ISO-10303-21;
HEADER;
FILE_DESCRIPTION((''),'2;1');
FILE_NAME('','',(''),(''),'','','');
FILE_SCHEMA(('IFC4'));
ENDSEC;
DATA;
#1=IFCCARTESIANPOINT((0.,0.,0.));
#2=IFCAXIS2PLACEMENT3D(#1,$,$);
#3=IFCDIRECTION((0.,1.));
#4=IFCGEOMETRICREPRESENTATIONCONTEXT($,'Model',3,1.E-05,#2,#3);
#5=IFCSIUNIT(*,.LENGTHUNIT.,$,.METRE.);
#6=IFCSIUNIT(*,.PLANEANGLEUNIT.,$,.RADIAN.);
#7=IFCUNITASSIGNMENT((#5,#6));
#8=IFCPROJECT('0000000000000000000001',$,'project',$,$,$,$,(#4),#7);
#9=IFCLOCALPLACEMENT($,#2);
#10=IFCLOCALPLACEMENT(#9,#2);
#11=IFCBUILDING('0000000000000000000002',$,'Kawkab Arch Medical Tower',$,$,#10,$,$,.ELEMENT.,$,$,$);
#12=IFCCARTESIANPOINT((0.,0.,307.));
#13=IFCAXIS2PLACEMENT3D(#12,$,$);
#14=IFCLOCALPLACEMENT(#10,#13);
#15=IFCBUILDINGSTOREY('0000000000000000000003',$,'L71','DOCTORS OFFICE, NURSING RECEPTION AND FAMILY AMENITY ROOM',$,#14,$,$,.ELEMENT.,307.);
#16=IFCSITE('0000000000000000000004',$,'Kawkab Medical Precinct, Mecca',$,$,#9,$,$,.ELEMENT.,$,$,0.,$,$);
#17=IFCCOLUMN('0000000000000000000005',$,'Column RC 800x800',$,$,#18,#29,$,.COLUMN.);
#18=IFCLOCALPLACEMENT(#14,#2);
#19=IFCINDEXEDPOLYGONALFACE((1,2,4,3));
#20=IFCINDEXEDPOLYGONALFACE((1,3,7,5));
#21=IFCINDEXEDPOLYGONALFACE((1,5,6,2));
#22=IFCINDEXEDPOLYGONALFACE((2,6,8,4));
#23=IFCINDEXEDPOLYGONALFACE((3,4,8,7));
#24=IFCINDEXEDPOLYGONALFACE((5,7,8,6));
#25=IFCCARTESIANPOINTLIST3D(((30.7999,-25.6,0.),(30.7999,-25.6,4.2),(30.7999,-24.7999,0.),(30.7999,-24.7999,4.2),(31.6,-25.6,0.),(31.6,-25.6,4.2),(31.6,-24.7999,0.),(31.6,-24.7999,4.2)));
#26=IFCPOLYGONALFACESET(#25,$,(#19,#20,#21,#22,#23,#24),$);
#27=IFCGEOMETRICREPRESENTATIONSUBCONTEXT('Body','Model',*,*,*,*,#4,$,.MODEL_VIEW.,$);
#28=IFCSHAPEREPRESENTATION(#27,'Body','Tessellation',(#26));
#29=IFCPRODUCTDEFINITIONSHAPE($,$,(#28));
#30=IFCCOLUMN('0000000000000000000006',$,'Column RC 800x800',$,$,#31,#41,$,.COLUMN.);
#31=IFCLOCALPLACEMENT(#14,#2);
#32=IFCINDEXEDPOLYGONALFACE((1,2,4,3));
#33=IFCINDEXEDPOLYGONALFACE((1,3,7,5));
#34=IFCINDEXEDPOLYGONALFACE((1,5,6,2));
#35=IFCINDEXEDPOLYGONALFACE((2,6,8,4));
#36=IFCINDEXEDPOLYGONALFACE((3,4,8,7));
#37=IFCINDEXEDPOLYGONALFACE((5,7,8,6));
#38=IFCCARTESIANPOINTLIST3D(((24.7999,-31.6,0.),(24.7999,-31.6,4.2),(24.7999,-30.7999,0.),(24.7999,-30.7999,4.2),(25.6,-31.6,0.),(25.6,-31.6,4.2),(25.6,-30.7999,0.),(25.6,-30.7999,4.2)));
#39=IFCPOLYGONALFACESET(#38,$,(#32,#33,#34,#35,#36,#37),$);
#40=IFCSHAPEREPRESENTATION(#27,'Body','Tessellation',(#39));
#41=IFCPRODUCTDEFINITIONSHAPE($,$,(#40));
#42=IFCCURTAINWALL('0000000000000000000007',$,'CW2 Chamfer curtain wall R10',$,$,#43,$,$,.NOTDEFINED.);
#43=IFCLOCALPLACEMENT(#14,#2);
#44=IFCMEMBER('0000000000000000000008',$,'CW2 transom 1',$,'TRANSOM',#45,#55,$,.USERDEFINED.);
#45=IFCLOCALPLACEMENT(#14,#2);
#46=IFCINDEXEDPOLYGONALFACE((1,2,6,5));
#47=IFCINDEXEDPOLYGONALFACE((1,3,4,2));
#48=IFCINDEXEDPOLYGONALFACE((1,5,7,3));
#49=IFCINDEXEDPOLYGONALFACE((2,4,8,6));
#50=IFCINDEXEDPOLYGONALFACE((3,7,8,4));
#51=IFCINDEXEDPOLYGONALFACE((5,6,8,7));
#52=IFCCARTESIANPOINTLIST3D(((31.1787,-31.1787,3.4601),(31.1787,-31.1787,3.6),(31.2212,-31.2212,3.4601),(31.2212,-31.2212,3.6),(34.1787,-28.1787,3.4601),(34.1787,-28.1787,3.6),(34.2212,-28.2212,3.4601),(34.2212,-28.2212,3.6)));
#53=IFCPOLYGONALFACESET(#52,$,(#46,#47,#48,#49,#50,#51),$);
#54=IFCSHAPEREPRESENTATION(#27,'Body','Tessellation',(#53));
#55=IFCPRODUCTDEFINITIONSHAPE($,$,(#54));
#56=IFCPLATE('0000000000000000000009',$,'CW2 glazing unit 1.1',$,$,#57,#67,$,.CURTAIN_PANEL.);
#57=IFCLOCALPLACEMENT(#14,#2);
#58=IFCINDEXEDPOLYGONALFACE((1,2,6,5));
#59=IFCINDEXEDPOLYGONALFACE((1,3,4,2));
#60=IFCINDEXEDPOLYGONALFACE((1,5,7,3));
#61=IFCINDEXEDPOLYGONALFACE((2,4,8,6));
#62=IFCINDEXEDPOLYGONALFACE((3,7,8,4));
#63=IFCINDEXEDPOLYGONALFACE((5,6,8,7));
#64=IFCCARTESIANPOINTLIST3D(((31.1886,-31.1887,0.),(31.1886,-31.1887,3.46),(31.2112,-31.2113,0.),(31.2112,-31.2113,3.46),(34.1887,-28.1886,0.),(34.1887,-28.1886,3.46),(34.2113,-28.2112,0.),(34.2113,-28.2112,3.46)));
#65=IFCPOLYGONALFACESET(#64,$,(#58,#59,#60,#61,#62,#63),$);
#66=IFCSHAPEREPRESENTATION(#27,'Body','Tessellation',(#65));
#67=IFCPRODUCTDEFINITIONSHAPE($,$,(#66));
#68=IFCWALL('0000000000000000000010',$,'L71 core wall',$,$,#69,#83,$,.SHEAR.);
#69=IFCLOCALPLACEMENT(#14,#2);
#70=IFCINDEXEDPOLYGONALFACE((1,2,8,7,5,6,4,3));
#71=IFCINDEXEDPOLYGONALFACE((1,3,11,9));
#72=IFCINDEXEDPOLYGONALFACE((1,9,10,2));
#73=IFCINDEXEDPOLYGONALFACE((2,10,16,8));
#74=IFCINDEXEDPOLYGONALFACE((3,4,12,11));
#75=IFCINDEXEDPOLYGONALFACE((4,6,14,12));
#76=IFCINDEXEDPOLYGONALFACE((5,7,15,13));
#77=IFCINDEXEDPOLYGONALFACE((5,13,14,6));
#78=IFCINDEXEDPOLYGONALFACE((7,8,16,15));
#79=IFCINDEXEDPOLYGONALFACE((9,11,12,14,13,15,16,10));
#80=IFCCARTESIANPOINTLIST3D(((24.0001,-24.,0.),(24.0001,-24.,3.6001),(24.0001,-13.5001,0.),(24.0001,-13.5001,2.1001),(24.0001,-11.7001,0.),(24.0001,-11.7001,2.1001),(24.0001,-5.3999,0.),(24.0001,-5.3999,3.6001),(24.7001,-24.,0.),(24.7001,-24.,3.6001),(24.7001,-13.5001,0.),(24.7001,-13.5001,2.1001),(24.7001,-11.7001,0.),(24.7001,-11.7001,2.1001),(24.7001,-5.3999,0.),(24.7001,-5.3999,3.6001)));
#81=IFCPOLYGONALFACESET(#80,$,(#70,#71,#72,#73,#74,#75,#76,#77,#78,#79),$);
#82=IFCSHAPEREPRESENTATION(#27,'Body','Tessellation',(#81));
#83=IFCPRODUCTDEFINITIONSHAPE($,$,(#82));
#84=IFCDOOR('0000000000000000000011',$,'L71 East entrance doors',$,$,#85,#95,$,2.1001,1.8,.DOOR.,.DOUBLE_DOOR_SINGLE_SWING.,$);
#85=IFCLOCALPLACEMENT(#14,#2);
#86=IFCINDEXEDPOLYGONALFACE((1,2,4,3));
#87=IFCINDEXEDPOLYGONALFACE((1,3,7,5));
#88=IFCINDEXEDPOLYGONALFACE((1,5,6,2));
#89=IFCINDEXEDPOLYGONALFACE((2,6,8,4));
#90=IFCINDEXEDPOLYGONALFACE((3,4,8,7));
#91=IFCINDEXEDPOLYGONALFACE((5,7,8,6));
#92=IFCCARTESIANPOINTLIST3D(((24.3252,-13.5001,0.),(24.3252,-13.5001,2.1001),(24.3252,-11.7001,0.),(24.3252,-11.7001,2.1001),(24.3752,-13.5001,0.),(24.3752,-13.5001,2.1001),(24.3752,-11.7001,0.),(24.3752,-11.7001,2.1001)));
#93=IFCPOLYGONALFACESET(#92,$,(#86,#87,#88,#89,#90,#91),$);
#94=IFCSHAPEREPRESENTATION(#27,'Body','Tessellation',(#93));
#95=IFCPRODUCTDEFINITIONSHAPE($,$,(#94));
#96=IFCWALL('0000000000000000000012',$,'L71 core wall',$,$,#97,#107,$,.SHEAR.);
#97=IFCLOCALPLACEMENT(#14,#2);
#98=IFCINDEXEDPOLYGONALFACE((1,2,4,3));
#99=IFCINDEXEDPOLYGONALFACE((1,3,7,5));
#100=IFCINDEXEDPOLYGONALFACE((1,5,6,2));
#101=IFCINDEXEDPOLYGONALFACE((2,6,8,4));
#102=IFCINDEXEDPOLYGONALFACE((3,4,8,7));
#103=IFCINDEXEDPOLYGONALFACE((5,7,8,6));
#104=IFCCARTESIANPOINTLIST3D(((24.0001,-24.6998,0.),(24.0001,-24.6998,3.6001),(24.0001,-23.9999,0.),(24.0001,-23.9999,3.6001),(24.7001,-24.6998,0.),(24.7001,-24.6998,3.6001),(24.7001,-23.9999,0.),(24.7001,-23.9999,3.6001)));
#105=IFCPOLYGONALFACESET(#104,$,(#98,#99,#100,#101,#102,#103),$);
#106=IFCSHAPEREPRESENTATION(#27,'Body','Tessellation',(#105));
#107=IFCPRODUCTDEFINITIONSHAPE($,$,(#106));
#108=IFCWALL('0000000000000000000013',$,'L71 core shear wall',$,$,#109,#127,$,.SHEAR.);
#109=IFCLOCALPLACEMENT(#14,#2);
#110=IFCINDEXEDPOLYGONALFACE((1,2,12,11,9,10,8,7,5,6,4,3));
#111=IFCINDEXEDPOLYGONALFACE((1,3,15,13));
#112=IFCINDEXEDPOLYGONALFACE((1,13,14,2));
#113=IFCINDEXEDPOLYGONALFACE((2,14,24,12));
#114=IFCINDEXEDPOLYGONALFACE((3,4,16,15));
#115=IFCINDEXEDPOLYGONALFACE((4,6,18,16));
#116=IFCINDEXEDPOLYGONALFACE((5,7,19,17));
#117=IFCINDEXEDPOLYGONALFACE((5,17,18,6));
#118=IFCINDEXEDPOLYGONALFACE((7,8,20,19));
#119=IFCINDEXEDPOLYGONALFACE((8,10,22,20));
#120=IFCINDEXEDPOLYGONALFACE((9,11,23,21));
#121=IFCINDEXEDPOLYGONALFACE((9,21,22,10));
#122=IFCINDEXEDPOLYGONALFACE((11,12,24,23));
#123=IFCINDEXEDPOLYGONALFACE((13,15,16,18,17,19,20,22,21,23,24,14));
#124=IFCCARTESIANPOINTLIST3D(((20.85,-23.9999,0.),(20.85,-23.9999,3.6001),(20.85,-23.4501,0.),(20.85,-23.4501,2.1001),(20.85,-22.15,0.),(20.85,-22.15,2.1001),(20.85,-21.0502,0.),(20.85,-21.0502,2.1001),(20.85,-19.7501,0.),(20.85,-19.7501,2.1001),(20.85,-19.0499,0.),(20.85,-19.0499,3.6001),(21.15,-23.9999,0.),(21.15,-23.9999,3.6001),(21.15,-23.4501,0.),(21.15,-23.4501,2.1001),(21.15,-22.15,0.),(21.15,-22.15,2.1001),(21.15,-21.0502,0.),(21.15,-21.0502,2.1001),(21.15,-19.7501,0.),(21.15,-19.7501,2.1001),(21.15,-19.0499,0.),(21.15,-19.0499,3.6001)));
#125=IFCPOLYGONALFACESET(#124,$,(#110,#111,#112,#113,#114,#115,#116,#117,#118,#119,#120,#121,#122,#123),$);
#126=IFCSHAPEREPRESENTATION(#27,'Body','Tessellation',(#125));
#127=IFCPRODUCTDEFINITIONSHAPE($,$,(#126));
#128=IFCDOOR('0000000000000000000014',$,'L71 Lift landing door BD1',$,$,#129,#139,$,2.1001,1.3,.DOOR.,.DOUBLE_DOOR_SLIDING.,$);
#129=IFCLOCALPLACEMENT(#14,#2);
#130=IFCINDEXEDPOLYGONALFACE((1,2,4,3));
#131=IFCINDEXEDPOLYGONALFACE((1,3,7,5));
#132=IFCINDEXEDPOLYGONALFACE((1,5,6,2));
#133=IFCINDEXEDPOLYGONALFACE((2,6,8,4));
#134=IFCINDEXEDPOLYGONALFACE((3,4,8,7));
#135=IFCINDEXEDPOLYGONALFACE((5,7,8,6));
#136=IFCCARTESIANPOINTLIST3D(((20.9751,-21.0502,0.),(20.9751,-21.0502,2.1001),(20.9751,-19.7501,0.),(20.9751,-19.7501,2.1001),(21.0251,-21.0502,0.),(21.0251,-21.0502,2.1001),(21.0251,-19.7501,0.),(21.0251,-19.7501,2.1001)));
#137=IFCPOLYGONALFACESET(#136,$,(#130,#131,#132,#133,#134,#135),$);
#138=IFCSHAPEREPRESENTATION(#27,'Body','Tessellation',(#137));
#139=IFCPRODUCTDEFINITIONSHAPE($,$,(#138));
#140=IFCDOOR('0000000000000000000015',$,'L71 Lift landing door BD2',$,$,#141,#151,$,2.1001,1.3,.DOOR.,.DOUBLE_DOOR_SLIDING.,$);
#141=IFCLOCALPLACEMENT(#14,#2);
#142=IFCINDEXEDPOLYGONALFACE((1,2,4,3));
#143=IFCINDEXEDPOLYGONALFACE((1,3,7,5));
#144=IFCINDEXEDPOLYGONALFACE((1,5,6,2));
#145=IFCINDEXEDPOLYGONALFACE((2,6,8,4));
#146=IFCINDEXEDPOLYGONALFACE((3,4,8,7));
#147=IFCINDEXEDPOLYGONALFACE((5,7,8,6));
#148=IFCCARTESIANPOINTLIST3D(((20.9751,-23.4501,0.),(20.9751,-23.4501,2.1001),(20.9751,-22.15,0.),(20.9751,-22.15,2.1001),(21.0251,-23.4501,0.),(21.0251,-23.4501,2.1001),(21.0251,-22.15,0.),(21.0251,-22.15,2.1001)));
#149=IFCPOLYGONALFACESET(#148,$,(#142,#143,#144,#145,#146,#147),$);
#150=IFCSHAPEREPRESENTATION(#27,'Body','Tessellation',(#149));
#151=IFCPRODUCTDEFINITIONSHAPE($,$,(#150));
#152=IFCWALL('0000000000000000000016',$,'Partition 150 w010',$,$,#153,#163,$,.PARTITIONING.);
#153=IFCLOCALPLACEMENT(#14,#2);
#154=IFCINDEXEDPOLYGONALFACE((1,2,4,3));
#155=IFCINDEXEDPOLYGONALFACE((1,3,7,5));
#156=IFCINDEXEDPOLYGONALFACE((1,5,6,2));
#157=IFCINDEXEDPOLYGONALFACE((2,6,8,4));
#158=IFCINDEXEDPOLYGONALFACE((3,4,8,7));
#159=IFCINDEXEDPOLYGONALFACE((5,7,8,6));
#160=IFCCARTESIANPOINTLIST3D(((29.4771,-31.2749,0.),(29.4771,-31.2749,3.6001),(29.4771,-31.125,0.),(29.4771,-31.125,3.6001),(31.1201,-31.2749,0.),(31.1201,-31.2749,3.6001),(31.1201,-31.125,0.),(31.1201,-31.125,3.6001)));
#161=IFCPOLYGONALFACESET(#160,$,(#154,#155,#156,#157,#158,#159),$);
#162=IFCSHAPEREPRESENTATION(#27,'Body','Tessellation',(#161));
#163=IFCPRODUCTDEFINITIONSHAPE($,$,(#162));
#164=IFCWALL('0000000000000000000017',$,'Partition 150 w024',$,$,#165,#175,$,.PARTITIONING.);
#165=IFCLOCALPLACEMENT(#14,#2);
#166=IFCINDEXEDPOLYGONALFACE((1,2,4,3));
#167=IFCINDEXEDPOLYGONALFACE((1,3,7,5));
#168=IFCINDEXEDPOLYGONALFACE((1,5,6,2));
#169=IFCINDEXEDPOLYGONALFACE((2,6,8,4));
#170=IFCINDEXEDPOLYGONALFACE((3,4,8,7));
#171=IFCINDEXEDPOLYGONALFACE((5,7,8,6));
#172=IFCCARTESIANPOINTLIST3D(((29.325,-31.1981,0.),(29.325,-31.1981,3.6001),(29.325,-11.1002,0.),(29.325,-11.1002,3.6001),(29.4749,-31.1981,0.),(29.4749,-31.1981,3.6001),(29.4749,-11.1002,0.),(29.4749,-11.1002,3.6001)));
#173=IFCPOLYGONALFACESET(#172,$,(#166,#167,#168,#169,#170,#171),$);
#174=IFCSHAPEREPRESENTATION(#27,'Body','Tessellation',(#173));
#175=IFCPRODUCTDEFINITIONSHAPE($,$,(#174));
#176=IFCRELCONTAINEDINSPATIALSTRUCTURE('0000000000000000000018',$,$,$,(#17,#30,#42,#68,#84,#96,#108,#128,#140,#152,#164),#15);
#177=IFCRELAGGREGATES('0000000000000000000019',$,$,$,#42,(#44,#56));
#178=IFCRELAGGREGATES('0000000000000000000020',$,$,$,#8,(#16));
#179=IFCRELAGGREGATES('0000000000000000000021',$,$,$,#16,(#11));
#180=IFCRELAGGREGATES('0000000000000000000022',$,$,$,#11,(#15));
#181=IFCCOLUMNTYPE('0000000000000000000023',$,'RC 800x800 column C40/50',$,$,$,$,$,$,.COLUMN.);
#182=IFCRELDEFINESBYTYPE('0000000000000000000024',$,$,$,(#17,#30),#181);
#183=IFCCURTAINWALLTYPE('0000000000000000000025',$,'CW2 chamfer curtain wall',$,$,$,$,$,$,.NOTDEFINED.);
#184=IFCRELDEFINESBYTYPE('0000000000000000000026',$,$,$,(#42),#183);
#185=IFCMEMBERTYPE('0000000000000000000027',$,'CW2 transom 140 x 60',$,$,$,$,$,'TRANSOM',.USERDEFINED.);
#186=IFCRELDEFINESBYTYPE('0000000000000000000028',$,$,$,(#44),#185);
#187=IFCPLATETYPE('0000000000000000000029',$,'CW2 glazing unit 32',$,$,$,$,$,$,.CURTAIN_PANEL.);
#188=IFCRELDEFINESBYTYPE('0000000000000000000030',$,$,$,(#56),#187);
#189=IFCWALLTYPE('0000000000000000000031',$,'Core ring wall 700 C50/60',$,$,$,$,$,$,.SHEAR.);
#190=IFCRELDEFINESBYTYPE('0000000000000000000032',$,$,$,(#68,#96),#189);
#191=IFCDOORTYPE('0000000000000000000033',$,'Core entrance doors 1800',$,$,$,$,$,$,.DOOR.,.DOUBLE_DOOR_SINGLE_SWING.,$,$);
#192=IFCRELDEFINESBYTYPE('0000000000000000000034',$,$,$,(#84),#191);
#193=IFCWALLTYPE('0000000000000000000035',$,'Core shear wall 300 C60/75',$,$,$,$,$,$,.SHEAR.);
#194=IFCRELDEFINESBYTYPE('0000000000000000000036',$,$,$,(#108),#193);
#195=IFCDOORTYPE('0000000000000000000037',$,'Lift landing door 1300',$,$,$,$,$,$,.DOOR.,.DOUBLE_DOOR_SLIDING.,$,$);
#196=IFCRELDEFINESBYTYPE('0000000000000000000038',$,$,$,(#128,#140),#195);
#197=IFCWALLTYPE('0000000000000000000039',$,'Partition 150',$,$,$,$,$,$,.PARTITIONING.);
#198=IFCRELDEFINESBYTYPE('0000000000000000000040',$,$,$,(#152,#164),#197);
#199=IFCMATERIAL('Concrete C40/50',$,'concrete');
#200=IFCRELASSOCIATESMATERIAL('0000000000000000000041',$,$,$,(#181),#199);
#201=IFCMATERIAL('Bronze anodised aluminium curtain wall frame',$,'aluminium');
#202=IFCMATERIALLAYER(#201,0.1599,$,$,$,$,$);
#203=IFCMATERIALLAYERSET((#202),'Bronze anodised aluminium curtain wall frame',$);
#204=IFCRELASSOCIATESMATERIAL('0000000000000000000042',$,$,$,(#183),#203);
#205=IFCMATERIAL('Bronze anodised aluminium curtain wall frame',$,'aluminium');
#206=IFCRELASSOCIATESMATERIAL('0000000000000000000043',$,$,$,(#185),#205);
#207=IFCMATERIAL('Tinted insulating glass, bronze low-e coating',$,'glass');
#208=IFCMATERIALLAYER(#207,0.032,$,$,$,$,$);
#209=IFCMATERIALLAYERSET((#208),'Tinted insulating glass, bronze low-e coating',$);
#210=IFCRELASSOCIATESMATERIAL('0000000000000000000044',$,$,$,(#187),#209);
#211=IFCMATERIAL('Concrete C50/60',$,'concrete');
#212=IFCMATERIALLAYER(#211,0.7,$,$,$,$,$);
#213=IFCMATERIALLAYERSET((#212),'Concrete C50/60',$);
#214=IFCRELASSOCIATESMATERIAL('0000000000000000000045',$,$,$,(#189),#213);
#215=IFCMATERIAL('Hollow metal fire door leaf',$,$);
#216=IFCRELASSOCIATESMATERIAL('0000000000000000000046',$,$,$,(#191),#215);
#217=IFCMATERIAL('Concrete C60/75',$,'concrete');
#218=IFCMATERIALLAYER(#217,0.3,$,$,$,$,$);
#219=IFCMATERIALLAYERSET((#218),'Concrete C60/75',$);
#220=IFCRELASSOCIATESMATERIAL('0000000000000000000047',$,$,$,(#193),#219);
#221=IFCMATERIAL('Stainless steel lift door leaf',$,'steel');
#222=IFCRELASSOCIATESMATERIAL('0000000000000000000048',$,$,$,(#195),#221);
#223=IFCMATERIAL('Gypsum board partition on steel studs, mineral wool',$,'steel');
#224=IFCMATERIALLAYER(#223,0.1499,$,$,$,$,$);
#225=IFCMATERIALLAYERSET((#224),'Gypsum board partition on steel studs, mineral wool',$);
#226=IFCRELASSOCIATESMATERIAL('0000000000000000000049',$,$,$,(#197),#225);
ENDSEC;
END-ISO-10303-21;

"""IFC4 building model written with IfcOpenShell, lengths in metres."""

from ifc_helpers import new_model, si_unit, direction, frame, frame_2d, origin, origin_2d, place, context, subcontext, project, spatial, rectangle, extrude, material, layer, layer_set, material_profile, profile_set, type_object, element, fill, aggregate, save


model = new_model("IFC4")

# Units and contexts
model_context = context("Model", 3, precision=1e-05, world=origin(), true_north=direction((0.0, 1.0)))
body_context = subcontext(model_context, "Body", "Model", "MODEL_VIEW")
ifc_project = project(units=[si_unit("LENGTHUNIT", "METRE"), si_unit("PLANEANGLEUNIT", "RADIAN")], contexts=[model_context])

# Site, building, storey
site_placement = place(None, origin())
site = spatial("IfcSite", under=ifc_project, at=site_placement, Name="Kawkab Medical Precinct, Mecca", CompositionType="ELEMENT", RefElevation=0.0)
building_placement = place(site_placement, origin())
building = spatial("IfcBuilding", under=site, at=building_placement, Name="Kawkab Arch Medical Tower", CompositionType="ELEMENT")
storey_placement = place(building_placement, frame((0.0, 0.0, 307.0)))
storey = spatial("IfcBuildingStorey", under=building, at=storey_placement, Name="L71", Description="DOCTORS OFFICE, NURSING RECEPTION AND FAMILY AMENITY ROOM", CompositionType="ELEMENT", Elevation=307.0)

# Columns
ifc_material_1 = material(Name="Concrete C40/50", Category="concrete")
ifc_material_profile_1 = material_profile(ifc_material_1, rectangle(XDim=0.8, YDim=0.8, at=origin_2d()), Name="RC 800x800")
ifc_profile_set_1 = profile_set([ifc_material_profile_1], Name="Concrete C40/50")
column_type = type_object("IfcColumnType", Name="RC 800x800 column C40/50", PredefinedType="COLUMN", material=ifc_profile_set_1)
for number, where, z_axis, x_axis, name in (
    (1, (31.2, -25.2, 0.0), (0.0, 0.0, 1.0), (1.0, 0.0, 0.0), "Column RC 800x800"),
    (2, (25.2, -31.2, 0.0), (0.0, 0.0, 1.0), (1.0, 0.0, 0.0), "Column RC 800x800"),
):
    element("IfcColumn", number, at=place(storey_placement, frame(where, z_axis=z_axis, x_axis=x_axis)), inside=storey, type_object=column_type, Name=name, PredefinedType="COLUMN", context=body_context, shape_type="SweptSolid", body=[
        extrude(rectangle(XDim=0.8, YDim=0.8, at=origin_2d()), origin(), (0.0, 0.0, 1.0), 4.2),
    ])

# Curtain wall, member, plate
ifc_material_2 = material(Name="Bronze anodised aluminium curtain wall frame", Category="aluminium")
ifc_layer_1 = layer(ifc_material_2, 0.1599)
ifc_layer_set_1 = layer_set([ifc_layer_1], Name="Bronze anodised aluminium curtain wall frame")
curtain_wall_type = type_object("IfcCurtainWallType", Name="CW2 chamfer curtain wall", PredefinedType="NOTDEFINED", material=ifc_layer_set_1)
curtain_wall_placement = place(storey_placement, origin())
curtain_wall = element("IfcCurtainWall", 3, at=curtain_wall_placement, inside=storey, type_object=curtain_wall_type, Name="CW2 Chamfer curtain wall R10", PredefinedType="NOTDEFINED")
ifc_material_3 = material(Name="Bronze anodised aluminium curtain wall frame", Category="aluminium")
ifc_material_profile_2 = material_profile(ifc_material_3, rectangle(XDim=0.0601, YDim=0.1399, at=origin_2d()), Name="AL 60x140")
ifc_profile_set_2 = profile_set([ifc_material_profile_2], Name="Bronze anodised aluminium curtain wall frame")
member_type = type_object("IfcMemberType", Name="CW2 transom 140 x 60", ElementType="TRANSOM", PredefinedType="USERDEFINED", material=ifc_profile_set_2)
member_placement = place(storey_placement, frame((31.2, -31.2, 3.53), z_axis=(0.707107, 0.707107, 0.0), x_axis=(-0.707107, 0.707107, 0.0)))
member = element("IfcMember", 4, at=member_placement, type_object=member_type, Name="CW2 transom 1", ObjectType="TRANSOM", PredefinedType="USERDEFINED", context=body_context, shape_type="SweptSolid", body=[
    extrude(rectangle(XDim=0.0601, YDim=0.1399, at=origin_2d()), origin(), (0.0, 0.0, 1.0), 4.2427),
])
ifc_material_4 = material(Name="Tinted insulating glass, bronze low-e coating", Category="glass")
ifc_layer_2 = layer(ifc_material_4, 0.032)
ifc_layer_set_2 = layer_set([ifc_layer_2], Name="Tinted insulating glass, bronze low-e coating")
plate_type = type_object("IfcPlateType", Name="CW2 glazing unit 32", PredefinedType="CURTAIN_PANEL", material=ifc_layer_set_2)
plate_placement = place(storey_placement, frame((32.7, -29.7, 0.0), z_axis=(0.0, 0.0, 1.0), x_axis=(0.707107, 0.707107, 0.0)))
plate = element("IfcPlate", 5, at=plate_placement, type_object=plate_type, Name="CW2 glazing unit 1.1", PredefinedType="CURTAIN_PANEL", context=body_context, shape_type="SweptSolid", body=[
    extrude(rectangle(XDim=4.2427, YDim=0.032, at=origin_2d()), origin(), (0.0, 0.0, 1.0), 3.46),
])
aggregate(curtain_wall, [member, plate])

# Wall, opening, door
ifc_material_5 = material(Name="Concrete C50/60", Category="concrete")
ifc_layer_3 = layer(ifc_material_5, 0.7)
ifc_layer_set_3 = layer_set([ifc_layer_3], Name="Concrete C50/60")
wall_type_1 = type_object("IfcWallType", Name="Core ring wall 700 C50/60", PredefinedType="SHEAR", material=ifc_layer_set_3)
wall_1_placement = place(storey_placement, frame((24.3501, -24.0, 0.0), z_axis=(0.0, 0.0, 1.0), x_axis=(0.0, 1.0, 0.0)))
wall_1 = element("IfcWall", 6, at=wall_1_placement, inside=storey, type_object=wall_type_1, Name="L71 core wall", PredefinedType="SHEAR", context=body_context, shape_type="SweptSolid", body=[
    extrude(rectangle(XDim=18.6001, YDim=0.7, at=frame_2d((9.3, 0.0))), origin(), (0.0, 0.0, 1.0), 3.6001),
])
opening_1_placement = place(wall_1_placement, frame((10.5, 0.0, 0.0)))
opening_1 = element("IfcOpeningElement", 7, at=opening_1_placement, cuts=wall_1, PredefinedType="OPENING", context=body_context, shape_type="SweptSolid", body=[
    extrude(rectangle(XDim=1.8, YDim=2.1001, at=frame_2d((0.8999, 1.05))), frame((0.0, 0.3599, 0.0), z_axis=(0.0, -1.0, 0.0), x_axis=(1.0, 0.0, 0.0)), (0.0, 0.0, 1.0), 0.72),
])
ifc_material_6 = material(Name="Hollow metal fire door leaf")
door_type_1 = type_object("IfcDoorType", Name="Core entrance doors 1800", OperationType="DOUBLE_DOOR_SINGLE_SWING", PredefinedType="DOOR", material=ifc_material_6)
door_1_placement = place(opening_1_placement, origin())
door_1 = element("IfcDoor", 8, at=door_1_placement, inside=storey, type_object=door_type_1, Name="L71 East entrance doors", OperationType="DOUBLE_DOOR_SINGLE_SWING", OverallHeight=2.1001, OverallWidth=1.8, PredefinedType="DOOR", context=body_context, shape_type="SweptSolid", body=[
    extrude(rectangle(XDim=1.8, YDim=2.1001, at=frame_2d((0.8999, 1.05))), frame((0.0, 0.0249, 0.0), z_axis=(0.0, -1.0, 0.0), x_axis=(1.0, 0.0, 0.0)), (0.0, 0.0, 1.0), 0.05),
])
fill(opening_1, door_1)

# Wall
wall_2_placement = place(storey_placement, frame((24.3501, -24.7, 0.0), z_axis=(0.0, 0.0, 1.0), x_axis=(0.0, 1.0, 0.0)))
element("IfcWall", 9, at=wall_2_placement, inside=storey, type_object=wall_type_1, Name="L71 core wall", PredefinedType="SHEAR", context=body_context, shape_type="SweptSolid", body=[
    extrude(rectangle(XDim=0.7, YDim=0.7, at=frame_2d((0.3501, 0.0))), origin(), (0.0, 0.0, 1.0), 3.6001),
])

# Wall, openings, doors
ifc_material_7 = material(Name="Concrete C60/75", Category="concrete")
ifc_layer_4 = layer(ifc_material_7, 0.3)
ifc_layer_set_4 = layer_set([ifc_layer_4], Name="Concrete C60/75")
wall_type_2 = type_object("IfcWallType", Name="Core shear wall 300 C60/75", PredefinedType="SHEAR", material=ifc_layer_set_4)
wall_3_placement = place(storey_placement, frame((21.0, -24.0, 0.0), z_axis=(0.0, 0.0, 1.0), x_axis=(0.0, 1.0, 0.0)))
wall_3 = element("IfcWall", 10, at=wall_3_placement, inside=storey, type_object=wall_type_2, Name="L71 core shear wall", PredefinedType="SHEAR", context=body_context, shape_type="SweptSolid", body=[
    extrude(rectangle(XDim=4.95, YDim=0.3, at=frame_2d((2.4751, 0.0))), origin(), (0.0, 0.0, 1.0), 3.6001),
])
opening_2_placement = place(wall_3_placement, frame((2.95, 0.0, 0.0)))
opening_2 = element("IfcOpeningElement", 11, at=opening_2_placement, cuts=wall_3, PredefinedType="OPENING", context=body_context, shape_type="SweptSolid", body=[
    extrude(rectangle(XDim=1.3, YDim=2.1001, at=frame_2d((0.6499, 1.05))), frame((0.0, 0.1599, 0.0), z_axis=(0.0, -1.0, 0.0), x_axis=(1.0, 0.0, 0.0)), (0.0, 0.0, 1.0), 0.3201),
])
opening_3_placement = place(wall_3_placement, frame((0.55, 0.0, 0.0)))
opening_3 = element("IfcOpeningElement", 12, at=opening_3_placement, cuts=wall_3, PredefinedType="OPENING", context=body_context, shape_type="SweptSolid", body=[
    extrude(rectangle(XDim=1.3, YDim=2.1001, at=frame_2d((0.6499, 1.05))), frame((0.0, 0.1599, 0.0), z_axis=(0.0, -1.0, 0.0), x_axis=(1.0, 0.0, 0.0)), (0.0, 0.0, 1.0), 0.3201),
])
ifc_material_8 = material(Name="Stainless steel lift door leaf", Category="steel")
door_type_2 = type_object("IfcDoorType", Name="Lift landing door 1300", OperationType="DOUBLE_DOOR_SLIDING", PredefinedType="DOOR", material=ifc_material_8)
door_2_placement = place(opening_2_placement, origin())
door_2 = element("IfcDoor", 13, at=door_2_placement, inside=storey, type_object=door_type_2, Name="L71 Lift landing door BD1", OperationType="DOUBLE_DOOR_SLIDING", OverallHeight=2.1001, OverallWidth=1.3, PredefinedType="DOOR", context=body_context, shape_type="SweptSolid", body=[
    extrude(rectangle(XDim=1.3, YDim=2.1001, at=frame_2d((0.6499, 1.05))), frame((0.0, 0.0249, 0.0), z_axis=(0.0, -1.0, 0.0), x_axis=(1.0, 0.0, 0.0)), (0.0, 0.0, 1.0), 0.05),
])
fill(opening_2, door_2)
door_3_placement = place(opening_3_placement, origin())
door_3 = element("IfcDoor", 14, at=door_3_placement, inside=storey, type_object=door_type_2, Name="L71 Lift landing door BD2", OperationType="DOUBLE_DOOR_SLIDING", OverallHeight=2.1001, OverallWidth=1.3, PredefinedType="DOOR", context=body_context, shape_type="SweptSolid", body=[
    extrude(rectangle(XDim=1.3, YDim=2.1001, at=frame_2d((0.6499, 1.05))), frame((0.0, 0.0249, 0.0), z_axis=(0.0, -1.0, 0.0), x_axis=(1.0, 0.0, 0.0)), (0.0, 0.0, 1.0), 0.05),
])
fill(opening_3, door_3)

# Walls
ifc_material_9 = material(Name="Gypsum board partition on steel studs, mineral wool", Category="steel")
ifc_layer_5 = layer(ifc_material_9, 0.1499)
ifc_layer_set_5 = layer_set([ifc_layer_5], Name="Gypsum board partition on steel studs, mineral wool")
wall_type_3 = type_object("IfcWallType", Name="Partition 150", PredefinedType="PARTITIONING", material=ifc_layer_set_5)
wall_4_placement = place(storey_placement, frame((29.4771, -31.2, 0.0), z_axis=(0.0, 0.0, 1.0), x_axis=(1.0, 0.0, 0.0)))
element("IfcWall", 15, at=wall_4_placement, inside=storey, type_object=wall_type_3, Name="Partition 150 w010", PredefinedType="PARTITIONING", context=body_context, shape_type="SweptSolid", body=[
    extrude(rectangle(XDim=1.6431, YDim=0.1499, at=frame_2d((0.8215, 0.0))), origin(), (0.0, 0.0, 1.0), 3.6001),
])
wall_5_placement = place(storey_placement, frame((29.3999, -31.198, 0.0), z_axis=(0.0, 0.0, 1.0), x_axis=(0.0, 1.0, 0.0)))
element("IfcWall", 16, at=wall_5_placement, inside=storey, type_object=wall_type_3, Name="Partition 150 w024", PredefinedType="PARTITIONING", context=body_context, shape_type="SweptSolid", body=[
    extrude(rectangle(XDim=20.0979, YDim=0.1499, at=frame_2d((10.0488, 0.0))), origin(), (0.0, 0.0, 1.0), 3.6001),
])

save(model, "model.ifc")
